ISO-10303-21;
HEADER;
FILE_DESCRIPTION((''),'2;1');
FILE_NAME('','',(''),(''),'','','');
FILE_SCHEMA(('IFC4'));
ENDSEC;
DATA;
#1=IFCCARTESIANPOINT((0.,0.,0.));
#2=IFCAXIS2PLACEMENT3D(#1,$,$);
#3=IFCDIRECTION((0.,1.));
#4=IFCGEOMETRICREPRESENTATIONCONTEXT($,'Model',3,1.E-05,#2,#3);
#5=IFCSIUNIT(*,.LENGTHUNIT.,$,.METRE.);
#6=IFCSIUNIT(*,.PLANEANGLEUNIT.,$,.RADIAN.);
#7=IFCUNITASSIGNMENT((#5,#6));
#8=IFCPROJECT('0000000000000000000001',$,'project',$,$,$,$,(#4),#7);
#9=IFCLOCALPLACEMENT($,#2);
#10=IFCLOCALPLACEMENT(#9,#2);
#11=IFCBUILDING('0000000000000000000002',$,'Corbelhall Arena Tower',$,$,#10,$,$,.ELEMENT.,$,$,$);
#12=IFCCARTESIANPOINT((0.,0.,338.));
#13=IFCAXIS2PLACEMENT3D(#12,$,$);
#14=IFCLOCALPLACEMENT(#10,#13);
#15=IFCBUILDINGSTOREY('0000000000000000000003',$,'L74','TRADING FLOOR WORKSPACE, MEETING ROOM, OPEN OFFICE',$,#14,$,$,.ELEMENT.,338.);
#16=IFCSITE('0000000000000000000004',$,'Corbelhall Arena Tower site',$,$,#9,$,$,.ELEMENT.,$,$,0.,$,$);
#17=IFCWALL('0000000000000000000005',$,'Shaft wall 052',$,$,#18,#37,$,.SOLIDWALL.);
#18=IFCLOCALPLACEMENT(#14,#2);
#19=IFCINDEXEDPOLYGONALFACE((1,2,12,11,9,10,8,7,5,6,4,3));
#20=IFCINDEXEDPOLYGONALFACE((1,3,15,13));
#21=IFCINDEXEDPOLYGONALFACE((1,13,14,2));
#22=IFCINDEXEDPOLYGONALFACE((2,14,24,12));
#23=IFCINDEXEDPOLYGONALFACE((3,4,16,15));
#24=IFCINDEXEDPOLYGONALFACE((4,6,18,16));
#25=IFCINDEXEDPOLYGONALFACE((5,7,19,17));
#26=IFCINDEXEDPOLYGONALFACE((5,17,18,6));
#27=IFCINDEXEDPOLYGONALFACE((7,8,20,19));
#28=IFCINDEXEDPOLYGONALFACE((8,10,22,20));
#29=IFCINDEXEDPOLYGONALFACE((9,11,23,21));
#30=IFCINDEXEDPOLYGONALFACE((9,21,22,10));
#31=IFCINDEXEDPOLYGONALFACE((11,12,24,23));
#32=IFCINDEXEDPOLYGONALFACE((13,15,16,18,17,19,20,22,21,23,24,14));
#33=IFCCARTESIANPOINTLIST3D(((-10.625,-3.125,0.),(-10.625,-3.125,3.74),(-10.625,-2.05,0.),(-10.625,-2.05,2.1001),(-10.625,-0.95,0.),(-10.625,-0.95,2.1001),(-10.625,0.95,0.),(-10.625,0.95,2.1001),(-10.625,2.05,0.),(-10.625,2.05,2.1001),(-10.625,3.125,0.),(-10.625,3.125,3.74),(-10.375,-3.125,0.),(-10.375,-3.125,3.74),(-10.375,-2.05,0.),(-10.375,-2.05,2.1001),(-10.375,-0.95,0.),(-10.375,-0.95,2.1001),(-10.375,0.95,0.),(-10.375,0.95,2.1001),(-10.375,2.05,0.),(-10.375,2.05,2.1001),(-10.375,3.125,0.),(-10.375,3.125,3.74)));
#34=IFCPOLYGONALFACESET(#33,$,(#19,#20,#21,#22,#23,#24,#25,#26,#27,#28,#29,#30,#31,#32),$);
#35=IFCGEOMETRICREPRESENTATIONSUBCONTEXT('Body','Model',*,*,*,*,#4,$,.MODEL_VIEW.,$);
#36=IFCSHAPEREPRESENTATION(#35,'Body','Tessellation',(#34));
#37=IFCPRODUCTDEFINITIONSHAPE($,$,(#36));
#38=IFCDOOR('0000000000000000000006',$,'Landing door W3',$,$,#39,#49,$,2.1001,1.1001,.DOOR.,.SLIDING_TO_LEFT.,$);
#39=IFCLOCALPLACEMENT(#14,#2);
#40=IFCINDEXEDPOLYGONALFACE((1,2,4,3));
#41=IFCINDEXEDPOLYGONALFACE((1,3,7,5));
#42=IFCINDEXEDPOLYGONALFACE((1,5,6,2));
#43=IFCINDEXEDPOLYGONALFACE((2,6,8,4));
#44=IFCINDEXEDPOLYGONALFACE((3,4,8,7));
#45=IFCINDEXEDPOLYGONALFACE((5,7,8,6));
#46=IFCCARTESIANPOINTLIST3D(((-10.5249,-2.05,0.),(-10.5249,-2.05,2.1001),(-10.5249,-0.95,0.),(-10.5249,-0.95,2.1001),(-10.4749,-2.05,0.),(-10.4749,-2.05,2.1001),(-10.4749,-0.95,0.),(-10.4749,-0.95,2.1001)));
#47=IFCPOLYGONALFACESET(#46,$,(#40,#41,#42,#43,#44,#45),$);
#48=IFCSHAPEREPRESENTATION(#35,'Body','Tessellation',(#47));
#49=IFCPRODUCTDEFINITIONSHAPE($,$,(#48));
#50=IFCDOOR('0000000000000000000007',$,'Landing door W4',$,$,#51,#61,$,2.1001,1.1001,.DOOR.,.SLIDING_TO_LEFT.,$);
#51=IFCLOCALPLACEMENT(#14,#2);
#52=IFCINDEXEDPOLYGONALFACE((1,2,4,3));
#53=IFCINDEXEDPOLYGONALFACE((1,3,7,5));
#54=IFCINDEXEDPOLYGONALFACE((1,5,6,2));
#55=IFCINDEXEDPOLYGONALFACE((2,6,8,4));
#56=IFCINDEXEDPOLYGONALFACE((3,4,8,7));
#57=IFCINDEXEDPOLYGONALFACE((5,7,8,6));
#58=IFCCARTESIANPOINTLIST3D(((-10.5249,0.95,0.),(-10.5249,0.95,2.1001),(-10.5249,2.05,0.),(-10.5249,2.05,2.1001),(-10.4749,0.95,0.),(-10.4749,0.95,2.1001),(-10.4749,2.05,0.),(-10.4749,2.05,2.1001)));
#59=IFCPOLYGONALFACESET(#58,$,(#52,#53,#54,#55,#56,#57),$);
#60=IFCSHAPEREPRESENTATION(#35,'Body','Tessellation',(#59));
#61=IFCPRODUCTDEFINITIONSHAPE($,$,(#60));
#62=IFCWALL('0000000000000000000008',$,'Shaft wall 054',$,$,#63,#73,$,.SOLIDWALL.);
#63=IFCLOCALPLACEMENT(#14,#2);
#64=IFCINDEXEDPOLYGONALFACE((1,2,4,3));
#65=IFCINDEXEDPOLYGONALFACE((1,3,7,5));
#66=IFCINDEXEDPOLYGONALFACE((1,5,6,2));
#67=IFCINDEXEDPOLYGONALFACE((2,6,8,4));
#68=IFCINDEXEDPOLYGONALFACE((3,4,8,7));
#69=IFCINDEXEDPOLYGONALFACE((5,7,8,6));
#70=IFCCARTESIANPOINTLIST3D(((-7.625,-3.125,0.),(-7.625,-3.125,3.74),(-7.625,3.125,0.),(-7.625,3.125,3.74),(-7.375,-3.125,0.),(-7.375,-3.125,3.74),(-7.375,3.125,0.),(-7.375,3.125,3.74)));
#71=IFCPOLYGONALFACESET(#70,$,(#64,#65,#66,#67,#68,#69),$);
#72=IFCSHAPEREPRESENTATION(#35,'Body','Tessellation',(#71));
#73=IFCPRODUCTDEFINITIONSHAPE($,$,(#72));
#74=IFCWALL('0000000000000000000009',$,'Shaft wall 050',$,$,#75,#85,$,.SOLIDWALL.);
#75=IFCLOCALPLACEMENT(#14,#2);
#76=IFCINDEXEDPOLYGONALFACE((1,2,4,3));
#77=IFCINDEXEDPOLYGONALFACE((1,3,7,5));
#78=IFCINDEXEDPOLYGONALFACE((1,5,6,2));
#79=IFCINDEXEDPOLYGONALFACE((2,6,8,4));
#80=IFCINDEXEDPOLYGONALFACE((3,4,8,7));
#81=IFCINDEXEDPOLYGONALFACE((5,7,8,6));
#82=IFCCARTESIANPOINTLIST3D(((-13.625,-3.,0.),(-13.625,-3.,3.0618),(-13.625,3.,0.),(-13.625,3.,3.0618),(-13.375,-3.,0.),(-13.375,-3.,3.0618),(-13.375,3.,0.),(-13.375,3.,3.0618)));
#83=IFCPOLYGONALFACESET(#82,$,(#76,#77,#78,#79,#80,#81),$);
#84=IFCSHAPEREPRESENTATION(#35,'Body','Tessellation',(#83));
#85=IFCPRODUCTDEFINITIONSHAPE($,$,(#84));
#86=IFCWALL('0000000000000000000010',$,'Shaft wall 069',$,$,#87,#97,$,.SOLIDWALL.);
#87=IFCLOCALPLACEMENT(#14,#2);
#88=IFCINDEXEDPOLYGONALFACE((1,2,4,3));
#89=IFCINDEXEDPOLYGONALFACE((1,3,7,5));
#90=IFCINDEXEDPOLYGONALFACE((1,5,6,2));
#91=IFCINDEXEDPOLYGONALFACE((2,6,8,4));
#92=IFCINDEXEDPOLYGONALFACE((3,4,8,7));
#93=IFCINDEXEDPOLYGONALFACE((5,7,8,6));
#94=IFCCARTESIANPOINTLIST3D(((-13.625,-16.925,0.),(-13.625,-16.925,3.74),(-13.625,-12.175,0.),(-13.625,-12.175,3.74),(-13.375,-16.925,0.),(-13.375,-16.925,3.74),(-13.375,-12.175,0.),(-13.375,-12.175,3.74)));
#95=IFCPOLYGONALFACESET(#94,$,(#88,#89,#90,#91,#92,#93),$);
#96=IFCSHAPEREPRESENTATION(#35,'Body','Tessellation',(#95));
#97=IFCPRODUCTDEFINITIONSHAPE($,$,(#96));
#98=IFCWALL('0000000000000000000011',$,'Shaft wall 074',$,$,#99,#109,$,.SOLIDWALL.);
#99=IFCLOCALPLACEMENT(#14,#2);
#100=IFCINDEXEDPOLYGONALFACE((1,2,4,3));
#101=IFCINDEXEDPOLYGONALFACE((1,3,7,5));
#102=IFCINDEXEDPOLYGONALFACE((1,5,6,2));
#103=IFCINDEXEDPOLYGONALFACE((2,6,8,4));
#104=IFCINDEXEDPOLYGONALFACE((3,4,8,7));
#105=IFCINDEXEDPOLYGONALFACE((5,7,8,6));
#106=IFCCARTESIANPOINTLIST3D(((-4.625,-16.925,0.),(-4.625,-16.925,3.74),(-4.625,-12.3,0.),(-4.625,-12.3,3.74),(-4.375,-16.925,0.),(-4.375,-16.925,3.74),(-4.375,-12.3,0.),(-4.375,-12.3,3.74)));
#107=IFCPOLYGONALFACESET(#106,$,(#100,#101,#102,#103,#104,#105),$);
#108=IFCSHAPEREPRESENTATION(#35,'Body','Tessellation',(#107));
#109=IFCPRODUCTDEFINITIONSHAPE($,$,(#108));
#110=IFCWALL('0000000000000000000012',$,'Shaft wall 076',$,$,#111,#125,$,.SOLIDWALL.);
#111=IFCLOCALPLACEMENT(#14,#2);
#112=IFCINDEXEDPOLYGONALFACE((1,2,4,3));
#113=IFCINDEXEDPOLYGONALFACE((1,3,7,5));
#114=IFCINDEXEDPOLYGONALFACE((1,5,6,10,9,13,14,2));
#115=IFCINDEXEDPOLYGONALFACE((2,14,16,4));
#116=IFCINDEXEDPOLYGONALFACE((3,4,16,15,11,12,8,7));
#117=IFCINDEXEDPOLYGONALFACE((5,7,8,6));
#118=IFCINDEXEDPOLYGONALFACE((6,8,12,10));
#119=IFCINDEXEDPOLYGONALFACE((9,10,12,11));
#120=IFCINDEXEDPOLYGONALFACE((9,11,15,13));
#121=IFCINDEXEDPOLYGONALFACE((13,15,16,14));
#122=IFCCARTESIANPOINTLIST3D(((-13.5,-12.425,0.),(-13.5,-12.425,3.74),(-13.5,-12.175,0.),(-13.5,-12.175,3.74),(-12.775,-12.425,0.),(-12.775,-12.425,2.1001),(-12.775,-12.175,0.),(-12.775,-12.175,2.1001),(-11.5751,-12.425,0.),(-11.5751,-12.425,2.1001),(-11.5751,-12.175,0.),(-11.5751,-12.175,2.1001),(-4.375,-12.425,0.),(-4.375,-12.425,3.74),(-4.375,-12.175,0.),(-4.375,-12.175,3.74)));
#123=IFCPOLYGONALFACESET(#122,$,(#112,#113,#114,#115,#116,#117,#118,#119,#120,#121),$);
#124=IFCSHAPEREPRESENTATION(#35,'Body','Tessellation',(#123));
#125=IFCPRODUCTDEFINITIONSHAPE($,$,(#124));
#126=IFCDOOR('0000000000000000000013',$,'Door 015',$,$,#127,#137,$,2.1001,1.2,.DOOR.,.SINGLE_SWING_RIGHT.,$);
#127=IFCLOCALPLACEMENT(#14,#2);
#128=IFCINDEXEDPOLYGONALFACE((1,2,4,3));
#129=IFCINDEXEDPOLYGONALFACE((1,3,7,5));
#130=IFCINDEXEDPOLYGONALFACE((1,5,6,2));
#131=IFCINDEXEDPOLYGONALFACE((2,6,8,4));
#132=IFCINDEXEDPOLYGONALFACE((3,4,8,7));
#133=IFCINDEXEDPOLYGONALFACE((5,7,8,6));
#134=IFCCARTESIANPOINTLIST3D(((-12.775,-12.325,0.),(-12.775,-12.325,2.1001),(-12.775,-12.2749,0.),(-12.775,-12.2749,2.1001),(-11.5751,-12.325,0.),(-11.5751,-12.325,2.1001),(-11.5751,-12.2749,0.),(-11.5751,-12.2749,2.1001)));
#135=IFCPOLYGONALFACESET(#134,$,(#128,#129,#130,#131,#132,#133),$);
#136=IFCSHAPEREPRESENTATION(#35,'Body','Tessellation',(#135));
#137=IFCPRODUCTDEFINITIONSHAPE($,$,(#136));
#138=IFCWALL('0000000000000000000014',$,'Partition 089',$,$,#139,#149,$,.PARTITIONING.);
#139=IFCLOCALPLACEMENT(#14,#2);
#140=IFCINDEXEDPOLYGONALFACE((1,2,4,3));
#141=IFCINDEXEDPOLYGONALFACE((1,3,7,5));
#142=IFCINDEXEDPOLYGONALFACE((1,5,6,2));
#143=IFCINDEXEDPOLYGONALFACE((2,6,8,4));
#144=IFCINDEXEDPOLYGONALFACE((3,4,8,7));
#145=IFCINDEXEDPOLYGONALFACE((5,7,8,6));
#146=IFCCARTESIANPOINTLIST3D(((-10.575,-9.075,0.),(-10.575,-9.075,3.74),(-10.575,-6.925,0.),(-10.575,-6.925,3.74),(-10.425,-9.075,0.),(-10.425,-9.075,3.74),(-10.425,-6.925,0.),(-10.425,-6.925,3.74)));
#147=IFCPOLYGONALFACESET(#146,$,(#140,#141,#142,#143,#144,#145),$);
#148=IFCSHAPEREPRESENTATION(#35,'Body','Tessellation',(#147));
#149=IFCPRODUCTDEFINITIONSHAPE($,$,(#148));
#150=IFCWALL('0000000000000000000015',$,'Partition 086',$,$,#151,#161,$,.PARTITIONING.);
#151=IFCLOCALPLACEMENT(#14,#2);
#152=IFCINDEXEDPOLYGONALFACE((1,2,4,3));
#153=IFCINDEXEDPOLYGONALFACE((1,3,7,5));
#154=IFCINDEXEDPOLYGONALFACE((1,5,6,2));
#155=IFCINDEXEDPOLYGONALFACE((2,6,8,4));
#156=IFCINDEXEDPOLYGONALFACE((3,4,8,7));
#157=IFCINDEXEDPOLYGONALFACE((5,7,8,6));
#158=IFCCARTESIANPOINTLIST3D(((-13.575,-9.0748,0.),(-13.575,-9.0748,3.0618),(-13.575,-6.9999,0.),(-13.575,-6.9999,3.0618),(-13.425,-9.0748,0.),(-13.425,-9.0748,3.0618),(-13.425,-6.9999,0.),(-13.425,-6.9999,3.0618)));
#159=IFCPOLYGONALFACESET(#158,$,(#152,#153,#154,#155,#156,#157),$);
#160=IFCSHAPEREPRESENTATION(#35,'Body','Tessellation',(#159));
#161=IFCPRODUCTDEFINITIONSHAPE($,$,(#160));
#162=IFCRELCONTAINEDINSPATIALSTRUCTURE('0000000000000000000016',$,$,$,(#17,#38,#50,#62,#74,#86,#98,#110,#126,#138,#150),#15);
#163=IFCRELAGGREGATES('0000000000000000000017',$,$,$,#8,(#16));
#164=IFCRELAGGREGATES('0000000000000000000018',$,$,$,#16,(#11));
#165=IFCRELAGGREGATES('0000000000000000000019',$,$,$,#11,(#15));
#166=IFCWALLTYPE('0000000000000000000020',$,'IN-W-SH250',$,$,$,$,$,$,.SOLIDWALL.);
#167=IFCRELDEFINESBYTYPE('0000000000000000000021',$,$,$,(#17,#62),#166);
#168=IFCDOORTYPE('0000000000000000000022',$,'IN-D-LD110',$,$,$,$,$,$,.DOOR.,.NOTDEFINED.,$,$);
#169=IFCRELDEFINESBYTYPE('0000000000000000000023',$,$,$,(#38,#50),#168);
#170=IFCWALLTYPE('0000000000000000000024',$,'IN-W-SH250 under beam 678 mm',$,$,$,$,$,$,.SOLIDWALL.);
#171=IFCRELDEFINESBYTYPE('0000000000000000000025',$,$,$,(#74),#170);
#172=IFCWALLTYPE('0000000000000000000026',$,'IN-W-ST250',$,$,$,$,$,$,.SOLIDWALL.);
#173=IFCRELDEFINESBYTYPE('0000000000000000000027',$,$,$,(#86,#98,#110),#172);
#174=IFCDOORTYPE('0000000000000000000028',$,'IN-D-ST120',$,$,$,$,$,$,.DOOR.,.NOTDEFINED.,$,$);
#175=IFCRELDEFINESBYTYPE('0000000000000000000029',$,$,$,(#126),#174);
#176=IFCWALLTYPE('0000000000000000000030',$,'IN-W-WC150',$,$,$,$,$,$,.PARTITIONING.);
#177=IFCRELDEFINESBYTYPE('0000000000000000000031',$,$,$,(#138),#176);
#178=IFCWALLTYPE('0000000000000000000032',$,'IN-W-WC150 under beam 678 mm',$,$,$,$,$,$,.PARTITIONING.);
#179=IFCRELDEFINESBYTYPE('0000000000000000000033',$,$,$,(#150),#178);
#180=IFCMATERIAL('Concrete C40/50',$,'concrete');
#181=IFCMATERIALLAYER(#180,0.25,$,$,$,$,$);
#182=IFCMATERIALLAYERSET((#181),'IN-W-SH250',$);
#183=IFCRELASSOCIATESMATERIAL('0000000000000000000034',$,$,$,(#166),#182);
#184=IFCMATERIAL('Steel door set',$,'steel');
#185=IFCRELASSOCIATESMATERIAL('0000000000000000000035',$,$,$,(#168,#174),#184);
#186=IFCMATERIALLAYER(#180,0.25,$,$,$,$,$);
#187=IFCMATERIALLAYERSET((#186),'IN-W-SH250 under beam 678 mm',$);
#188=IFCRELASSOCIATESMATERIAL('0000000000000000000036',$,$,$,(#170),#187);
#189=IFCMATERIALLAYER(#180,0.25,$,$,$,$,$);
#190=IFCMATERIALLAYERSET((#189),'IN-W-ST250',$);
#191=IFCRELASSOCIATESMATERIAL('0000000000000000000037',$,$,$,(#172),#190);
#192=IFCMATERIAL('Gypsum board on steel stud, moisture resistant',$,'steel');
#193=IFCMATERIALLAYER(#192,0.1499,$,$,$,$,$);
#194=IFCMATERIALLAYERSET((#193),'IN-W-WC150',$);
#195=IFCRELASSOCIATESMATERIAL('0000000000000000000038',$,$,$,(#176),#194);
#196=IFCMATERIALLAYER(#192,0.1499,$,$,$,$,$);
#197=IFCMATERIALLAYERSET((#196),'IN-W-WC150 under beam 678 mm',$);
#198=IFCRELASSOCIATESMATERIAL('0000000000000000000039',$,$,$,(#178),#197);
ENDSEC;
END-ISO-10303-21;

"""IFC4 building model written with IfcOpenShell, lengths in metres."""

from ifc_helpers import new_model, si_unit, direction, frame, frame_2d, origin, place, context, subcontext, project, spatial, rectangle, extrude, material, layer, layer_set, type_object, element, fill, save


model = new_model("IFC4")

# Units and contexts
model_context = context("Model", 3, precision=1e-05, world=origin(), true_north=direction((0.0, 1.0)))
body_context = subcontext(model_context, "Body", "Model", "MODEL_VIEW")
ifc_project = project(units=[si_unit("LENGTHUNIT", "METRE"), si_unit("PLANEANGLEUNIT", "RADIAN")], contexts=[model_context])

# Site, building, storey
site_placement = place(None, origin())
site = spatial("IfcSite", under=ifc_project, at=site_placement, Name="Corbelhall Arena Tower site", CompositionType="ELEMENT", RefElevation=0.0)
building_placement = place(site_placement, origin())
building = spatial("IfcBuilding", under=site, at=building_placement, Name="Corbelhall Arena Tower", CompositionType="ELEMENT")
storey_placement = place(building_placement, frame((0.0, 0.0, 338.0)))
storey = spatial("IfcBuildingStorey", under=building, at=storey_placement, Name="L74", Description="TRADING FLOOR WORKSPACE, MEETING ROOM, OPEN OFFICE", CompositionType="ELEMENT", Elevation=338.0)

# Shared definitions
ifc_material_1 = material(Name="Steel door set", Category="steel")

# Wall, openings, doors
ifc_material_2 = material(Name="Concrete C40/50", Category="concrete")
ifc_layer_1 = layer(ifc_material_2, 0.25)
ifc_layer_set_1 = layer_set([ifc_layer_1], Name="IN-W-SH250")
wall_type_1 = type_object("IfcWallType", Name="IN-W-SH250", PredefinedType="SOLIDWALL", material=ifc_layer_set_1)
wall_1_placement = place(storey_placement, frame((-10.5, -3.125, 0.0), z_axis=(0.0, 0.0, 1.0), x_axis=(0.0, 1.0, 0.0)))
wall_1 = element("IfcWall", 1, at=wall_1_placement, inside=storey, type_object=wall_type_1, Name="Shaft wall 052", PredefinedType="SOLIDWALL", context=body_context, shape_type="SweptSolid", body=[
    extrude(rectangle(XDim=6.25, YDim=0.25, at=frame_2d((3.125, 0.0))), origin(), (0.0, 0.0, 1.0), 3.74),
])
opening_1_placement = place(wall_1_placement, frame((1.075, 0.0, 0.0)))
opening_1 = element("IfcOpeningElement", 2, at=opening_1_placement, cuts=wall_1, PredefinedType="OPENING", context=body_context, shape_type="SweptSolid", body=[
    extrude(rectangle(XDim=1.1001, YDim=2.1001, at=frame_2d((0.55, 1.05))), frame((0.0, 0.125, 0.0), z_axis=(0.0, -1.0, 0.0), x_axis=(1.0, 0.0, 0.0)), (0.0, 0.0, 1.0), 0.25),
])
opening_2_placement = place(wall_1_placement, frame((4.075, 0.0, 0.0)))
opening_2 = element("IfcOpeningElement", 3, at=opening_2_placement, cuts=wall_1, PredefinedType="OPENING", context=body_context, shape_type="SweptSolid", body=[
    extrude(rectangle(XDim=1.1001, YDim=2.1001, at=frame_2d((0.55, 1.05))), frame((0.0, 0.125, 0.0), z_axis=(0.0, -1.0, 0.0), x_axis=(1.0, 0.0, 0.0)), (0.0, 0.0, 1.0), 0.25),
])
door_type_1 = type_object("IfcDoorType", Name="IN-D-LD110", OperationType="NOTDEFINED", PredefinedType="DOOR", material=ifc_material_1)
door_1_placement = place(opening_1_placement, origin())
door_1 = element("IfcDoor", 4, at=door_1_placement, inside=storey, type_object=door_type_1, Name="Landing door W3", OperationType="SLIDING_TO_LEFT", OverallHeight=2.1001, OverallWidth=1.1001, PredefinedType="DOOR", context=body_context, shape_type="SweptSolid", body=[
    extrude(rectangle(XDim=1.1001, YDim=2.1001, at=frame_2d((0.55, 1.05))), frame((0.0, 0.0249, 0.0), z_axis=(0.0, -1.0, 0.0), x_axis=(1.0, 0.0, 0.0)), (0.0, 0.0, 1.0), 0.05),
])
fill(opening_1, door_1)
door_2_placement = place(opening_2_placement, origin())
door_2 = element("IfcDoor", 5, at=door_2_placement, inside=storey, type_object=door_type_1, Name="Landing door W4", OperationType="SLIDING_TO_LEFT", OverallHeight=2.1001, OverallWidth=1.1001, PredefinedType="DOOR", context=body_context, shape_type="SweptSolid", body=[
    extrude(rectangle(XDim=1.1001, YDim=2.1001, at=frame_2d((0.55, 1.05))), frame((0.0, 0.0249, 0.0), z_axis=(0.0, -1.0, 0.0), x_axis=(1.0, 0.0, 0.0)), (0.0, 0.0, 1.0), 0.05),
])
fill(opening_2, door_2)

# Walls
wall_2_placement = place(storey_placement, frame((-7.5, -3.125, 0.0), z_axis=(0.0, 0.0, 1.0), x_axis=(0.0, 1.0, 0.0)))
element("IfcWall", 6, at=wall_2_placement, inside=storey, type_object=wall_type_1, Name="Shaft wall 054", PredefinedType="SOLIDWALL", context=body_context, shape_type="SweptSolid", body=[
    extrude(rectangle(XDim=6.25, YDim=0.25, at=frame_2d((3.125, 0.0))), origin(), (0.0, 0.0, 1.0), 3.74),
])
ifc_layer_2 = layer(ifc_material_2, 0.25)
ifc_layer_set_2 = layer_set([ifc_layer_2], Name="IN-W-SH250 under beam 678 mm")
wall_type_2 = type_object("IfcWallType", Name="IN-W-SH250 under beam 678 mm", PredefinedType="SOLIDWALL", material=ifc_layer_set_2)
wall_3_placement = place(storey_placement, frame((-13.5, -3.0, 0.0), z_axis=(0.0, 0.0, 1.0), x_axis=(0.0, 1.0, 0.0)))
element("IfcWall", 7, at=wall_3_placement, inside=storey, type_object=wall_type_2, Name="Shaft wall 050", PredefinedType="SOLIDWALL", context=body_context, shape_type="SweptSolid", body=[
    extrude(rectangle(XDim=6.0, YDim=0.25, at=frame_2d((3.0, 0.0))), origin(), (0.0, 0.0, 1.0), 3.0618),
])
ifc_layer_3 = layer(ifc_material_2, 0.25)
ifc_layer_set_3 = layer_set([ifc_layer_3], Name="IN-W-ST250")
wall_type_3 = type_object("IfcWallType", Name="IN-W-ST250", PredefinedType="SOLIDWALL", material=ifc_layer_set_3)
wall_4_placement = place(storey_placement, frame((-13.5, -12.175, 0.0), z_axis=(0.0, 0.0, 1.0), x_axis=(0.0, -1.0, 0.0)))
element("IfcWall", 8, at=wall_4_placement, inside=storey, type_object=wall_type_3, Name="Shaft wall 069", PredefinedType="SOLIDWALL", context=body_context, shape_type="SweptSolid", body=[
    extrude(rectangle(XDim=4.75, YDim=0.25, at=frame_2d((2.375, 0.0))), origin(), (0.0, 0.0, 1.0), 3.74),
])
wall_5_placement = place(storey_placement, frame((-4.5, -12.3, 0.0), z_axis=(0.0, 0.0, 1.0), x_axis=(0.0, -1.0, 0.0)))
element("IfcWall", 9, at=wall_5_placement, inside=storey, type_object=wall_type_3, Name="Shaft wall 074", PredefinedType="SOLIDWALL", context=body_context, shape_type="SweptSolid", body=[
    extrude(rectangle(XDim=4.625, YDim=0.25, at=frame_2d((2.3125, 0.0))), origin(), (0.0, 0.0, 1.0), 3.74),
])

# Wall, opening, door
wall_6_placement = place(storey_placement, frame((-4.375, -12.3, 0.0), z_axis=(0.0, 0.0, 1.0), x_axis=(-1.0, 0.0, 0.0)))
wall_6 = element("IfcWall", 10, at=wall_6_placement, inside=storey, type_object=wall_type_3, Name="Shaft wall 076", PredefinedType="SOLIDWALL", context=body_context, shape_type="SweptSolid", body=[
    extrude(rectangle(XDim=9.125, YDim=0.25, at=frame_2d((4.5625, 0.0))), origin(), (0.0, 0.0, 1.0), 3.74),
])
opening_3_placement = place(wall_6_placement, frame((7.2, 0.0, 0.0)))
opening_3 = element("IfcOpeningElement", 11, at=opening_3_placement, cuts=wall_6, PredefinedType="OPENING", context=body_context, shape_type="SweptSolid", body=[
    extrude(rectangle(XDim=1.2, YDim=2.1001, at=frame_2d((0.6001, 1.05))), frame((0.0, 0.125, 0.0), z_axis=(0.0, -1.0, 0.0), x_axis=(1.0, 0.0, 0.0)), (0.0, 0.0, 1.0), 0.25),
])
door_type_2 = type_object("IfcDoorType", Name="IN-D-ST120", OperationType="NOTDEFINED", PredefinedType="DOOR", material=ifc_material_1)
door_3_placement = place(opening_3_placement, origin())
door_3 = element("IfcDoor", 12, at=door_3_placement, inside=storey, type_object=door_type_2, Name="Door 015", OperationType="SINGLE_SWING_RIGHT", OverallHeight=2.1001, OverallWidth=1.2, PredefinedType="DOOR", context=body_context, shape_type="SweptSolid", body=[
    extrude(rectangle(XDim=1.2, YDim=2.1001, at=frame_2d((0.6001, 1.05))), frame((0.0, 0.0249, 0.0), z_axis=(0.0, -1.0, 0.0), x_axis=(1.0, 0.0, 0.0)), (0.0, 0.0, 1.0), 0.05),
])
fill(opening_3, door_3)

# Walls
ifc_material_3 = material(Name="Gypsum board on steel stud, moisture resistant", Category="steel")
ifc_layer_4 = layer(ifc_material_3, 0.1499)
ifc_layer_set_4 = layer_set([ifc_layer_4], Name="IN-W-WC150")
wall_type_4 = type_object("IfcWallType", Name="IN-W-WC150", PredefinedType="PARTITIONING", material=ifc_layer_set_4)
wall_7_placement = place(storey_placement, frame((-10.5, -9.075, 0.0), z_axis=(0.0, 0.0, 1.0), x_axis=(0.0, 1.0, 0.0)))
element("IfcWall", 13, at=wall_7_placement, inside=storey, type_object=wall_type_4, Name="Partition 089", PredefinedType="PARTITIONING", context=body_context, shape_type="SweptSolid", body=[
    extrude(rectangle(XDim=2.1499, YDim=0.1499, at=frame_2d((1.075, 0.0))), origin(), (0.0, 0.0, 1.0), 3.74),
])
ifc_layer_5 = layer(ifc_material_3, 0.1499)
ifc_layer_set_5 = layer_set([ifc_layer_5], Name="IN-W-WC150 under beam 678 mm")
wall_type_5 = type_object("IfcWallType", Name="IN-W-WC150 under beam 678 mm", PredefinedType="PARTITIONING", material=ifc_layer_set_5)
wall_8_placement = place(storey_placement, frame((-13.5, -9.075, 0.0), z_axis=(0.0, 0.0, 1.0), x_axis=(0.0, 1.0, 0.0)))
element("IfcWall", 14, at=wall_8_placement, inside=storey, type_object=wall_type_5, Name="Partition 086", PredefinedType="PARTITIONING", context=body_context, shape_type="SweptSolid", body=[
    extrude(rectangle(XDim=2.075, YDim=0.1499, at=frame_2d((1.0376, 0.0))), origin(), (0.0, 0.0, 1.0), 3.0618),
])

save(model, "model.ifc")
